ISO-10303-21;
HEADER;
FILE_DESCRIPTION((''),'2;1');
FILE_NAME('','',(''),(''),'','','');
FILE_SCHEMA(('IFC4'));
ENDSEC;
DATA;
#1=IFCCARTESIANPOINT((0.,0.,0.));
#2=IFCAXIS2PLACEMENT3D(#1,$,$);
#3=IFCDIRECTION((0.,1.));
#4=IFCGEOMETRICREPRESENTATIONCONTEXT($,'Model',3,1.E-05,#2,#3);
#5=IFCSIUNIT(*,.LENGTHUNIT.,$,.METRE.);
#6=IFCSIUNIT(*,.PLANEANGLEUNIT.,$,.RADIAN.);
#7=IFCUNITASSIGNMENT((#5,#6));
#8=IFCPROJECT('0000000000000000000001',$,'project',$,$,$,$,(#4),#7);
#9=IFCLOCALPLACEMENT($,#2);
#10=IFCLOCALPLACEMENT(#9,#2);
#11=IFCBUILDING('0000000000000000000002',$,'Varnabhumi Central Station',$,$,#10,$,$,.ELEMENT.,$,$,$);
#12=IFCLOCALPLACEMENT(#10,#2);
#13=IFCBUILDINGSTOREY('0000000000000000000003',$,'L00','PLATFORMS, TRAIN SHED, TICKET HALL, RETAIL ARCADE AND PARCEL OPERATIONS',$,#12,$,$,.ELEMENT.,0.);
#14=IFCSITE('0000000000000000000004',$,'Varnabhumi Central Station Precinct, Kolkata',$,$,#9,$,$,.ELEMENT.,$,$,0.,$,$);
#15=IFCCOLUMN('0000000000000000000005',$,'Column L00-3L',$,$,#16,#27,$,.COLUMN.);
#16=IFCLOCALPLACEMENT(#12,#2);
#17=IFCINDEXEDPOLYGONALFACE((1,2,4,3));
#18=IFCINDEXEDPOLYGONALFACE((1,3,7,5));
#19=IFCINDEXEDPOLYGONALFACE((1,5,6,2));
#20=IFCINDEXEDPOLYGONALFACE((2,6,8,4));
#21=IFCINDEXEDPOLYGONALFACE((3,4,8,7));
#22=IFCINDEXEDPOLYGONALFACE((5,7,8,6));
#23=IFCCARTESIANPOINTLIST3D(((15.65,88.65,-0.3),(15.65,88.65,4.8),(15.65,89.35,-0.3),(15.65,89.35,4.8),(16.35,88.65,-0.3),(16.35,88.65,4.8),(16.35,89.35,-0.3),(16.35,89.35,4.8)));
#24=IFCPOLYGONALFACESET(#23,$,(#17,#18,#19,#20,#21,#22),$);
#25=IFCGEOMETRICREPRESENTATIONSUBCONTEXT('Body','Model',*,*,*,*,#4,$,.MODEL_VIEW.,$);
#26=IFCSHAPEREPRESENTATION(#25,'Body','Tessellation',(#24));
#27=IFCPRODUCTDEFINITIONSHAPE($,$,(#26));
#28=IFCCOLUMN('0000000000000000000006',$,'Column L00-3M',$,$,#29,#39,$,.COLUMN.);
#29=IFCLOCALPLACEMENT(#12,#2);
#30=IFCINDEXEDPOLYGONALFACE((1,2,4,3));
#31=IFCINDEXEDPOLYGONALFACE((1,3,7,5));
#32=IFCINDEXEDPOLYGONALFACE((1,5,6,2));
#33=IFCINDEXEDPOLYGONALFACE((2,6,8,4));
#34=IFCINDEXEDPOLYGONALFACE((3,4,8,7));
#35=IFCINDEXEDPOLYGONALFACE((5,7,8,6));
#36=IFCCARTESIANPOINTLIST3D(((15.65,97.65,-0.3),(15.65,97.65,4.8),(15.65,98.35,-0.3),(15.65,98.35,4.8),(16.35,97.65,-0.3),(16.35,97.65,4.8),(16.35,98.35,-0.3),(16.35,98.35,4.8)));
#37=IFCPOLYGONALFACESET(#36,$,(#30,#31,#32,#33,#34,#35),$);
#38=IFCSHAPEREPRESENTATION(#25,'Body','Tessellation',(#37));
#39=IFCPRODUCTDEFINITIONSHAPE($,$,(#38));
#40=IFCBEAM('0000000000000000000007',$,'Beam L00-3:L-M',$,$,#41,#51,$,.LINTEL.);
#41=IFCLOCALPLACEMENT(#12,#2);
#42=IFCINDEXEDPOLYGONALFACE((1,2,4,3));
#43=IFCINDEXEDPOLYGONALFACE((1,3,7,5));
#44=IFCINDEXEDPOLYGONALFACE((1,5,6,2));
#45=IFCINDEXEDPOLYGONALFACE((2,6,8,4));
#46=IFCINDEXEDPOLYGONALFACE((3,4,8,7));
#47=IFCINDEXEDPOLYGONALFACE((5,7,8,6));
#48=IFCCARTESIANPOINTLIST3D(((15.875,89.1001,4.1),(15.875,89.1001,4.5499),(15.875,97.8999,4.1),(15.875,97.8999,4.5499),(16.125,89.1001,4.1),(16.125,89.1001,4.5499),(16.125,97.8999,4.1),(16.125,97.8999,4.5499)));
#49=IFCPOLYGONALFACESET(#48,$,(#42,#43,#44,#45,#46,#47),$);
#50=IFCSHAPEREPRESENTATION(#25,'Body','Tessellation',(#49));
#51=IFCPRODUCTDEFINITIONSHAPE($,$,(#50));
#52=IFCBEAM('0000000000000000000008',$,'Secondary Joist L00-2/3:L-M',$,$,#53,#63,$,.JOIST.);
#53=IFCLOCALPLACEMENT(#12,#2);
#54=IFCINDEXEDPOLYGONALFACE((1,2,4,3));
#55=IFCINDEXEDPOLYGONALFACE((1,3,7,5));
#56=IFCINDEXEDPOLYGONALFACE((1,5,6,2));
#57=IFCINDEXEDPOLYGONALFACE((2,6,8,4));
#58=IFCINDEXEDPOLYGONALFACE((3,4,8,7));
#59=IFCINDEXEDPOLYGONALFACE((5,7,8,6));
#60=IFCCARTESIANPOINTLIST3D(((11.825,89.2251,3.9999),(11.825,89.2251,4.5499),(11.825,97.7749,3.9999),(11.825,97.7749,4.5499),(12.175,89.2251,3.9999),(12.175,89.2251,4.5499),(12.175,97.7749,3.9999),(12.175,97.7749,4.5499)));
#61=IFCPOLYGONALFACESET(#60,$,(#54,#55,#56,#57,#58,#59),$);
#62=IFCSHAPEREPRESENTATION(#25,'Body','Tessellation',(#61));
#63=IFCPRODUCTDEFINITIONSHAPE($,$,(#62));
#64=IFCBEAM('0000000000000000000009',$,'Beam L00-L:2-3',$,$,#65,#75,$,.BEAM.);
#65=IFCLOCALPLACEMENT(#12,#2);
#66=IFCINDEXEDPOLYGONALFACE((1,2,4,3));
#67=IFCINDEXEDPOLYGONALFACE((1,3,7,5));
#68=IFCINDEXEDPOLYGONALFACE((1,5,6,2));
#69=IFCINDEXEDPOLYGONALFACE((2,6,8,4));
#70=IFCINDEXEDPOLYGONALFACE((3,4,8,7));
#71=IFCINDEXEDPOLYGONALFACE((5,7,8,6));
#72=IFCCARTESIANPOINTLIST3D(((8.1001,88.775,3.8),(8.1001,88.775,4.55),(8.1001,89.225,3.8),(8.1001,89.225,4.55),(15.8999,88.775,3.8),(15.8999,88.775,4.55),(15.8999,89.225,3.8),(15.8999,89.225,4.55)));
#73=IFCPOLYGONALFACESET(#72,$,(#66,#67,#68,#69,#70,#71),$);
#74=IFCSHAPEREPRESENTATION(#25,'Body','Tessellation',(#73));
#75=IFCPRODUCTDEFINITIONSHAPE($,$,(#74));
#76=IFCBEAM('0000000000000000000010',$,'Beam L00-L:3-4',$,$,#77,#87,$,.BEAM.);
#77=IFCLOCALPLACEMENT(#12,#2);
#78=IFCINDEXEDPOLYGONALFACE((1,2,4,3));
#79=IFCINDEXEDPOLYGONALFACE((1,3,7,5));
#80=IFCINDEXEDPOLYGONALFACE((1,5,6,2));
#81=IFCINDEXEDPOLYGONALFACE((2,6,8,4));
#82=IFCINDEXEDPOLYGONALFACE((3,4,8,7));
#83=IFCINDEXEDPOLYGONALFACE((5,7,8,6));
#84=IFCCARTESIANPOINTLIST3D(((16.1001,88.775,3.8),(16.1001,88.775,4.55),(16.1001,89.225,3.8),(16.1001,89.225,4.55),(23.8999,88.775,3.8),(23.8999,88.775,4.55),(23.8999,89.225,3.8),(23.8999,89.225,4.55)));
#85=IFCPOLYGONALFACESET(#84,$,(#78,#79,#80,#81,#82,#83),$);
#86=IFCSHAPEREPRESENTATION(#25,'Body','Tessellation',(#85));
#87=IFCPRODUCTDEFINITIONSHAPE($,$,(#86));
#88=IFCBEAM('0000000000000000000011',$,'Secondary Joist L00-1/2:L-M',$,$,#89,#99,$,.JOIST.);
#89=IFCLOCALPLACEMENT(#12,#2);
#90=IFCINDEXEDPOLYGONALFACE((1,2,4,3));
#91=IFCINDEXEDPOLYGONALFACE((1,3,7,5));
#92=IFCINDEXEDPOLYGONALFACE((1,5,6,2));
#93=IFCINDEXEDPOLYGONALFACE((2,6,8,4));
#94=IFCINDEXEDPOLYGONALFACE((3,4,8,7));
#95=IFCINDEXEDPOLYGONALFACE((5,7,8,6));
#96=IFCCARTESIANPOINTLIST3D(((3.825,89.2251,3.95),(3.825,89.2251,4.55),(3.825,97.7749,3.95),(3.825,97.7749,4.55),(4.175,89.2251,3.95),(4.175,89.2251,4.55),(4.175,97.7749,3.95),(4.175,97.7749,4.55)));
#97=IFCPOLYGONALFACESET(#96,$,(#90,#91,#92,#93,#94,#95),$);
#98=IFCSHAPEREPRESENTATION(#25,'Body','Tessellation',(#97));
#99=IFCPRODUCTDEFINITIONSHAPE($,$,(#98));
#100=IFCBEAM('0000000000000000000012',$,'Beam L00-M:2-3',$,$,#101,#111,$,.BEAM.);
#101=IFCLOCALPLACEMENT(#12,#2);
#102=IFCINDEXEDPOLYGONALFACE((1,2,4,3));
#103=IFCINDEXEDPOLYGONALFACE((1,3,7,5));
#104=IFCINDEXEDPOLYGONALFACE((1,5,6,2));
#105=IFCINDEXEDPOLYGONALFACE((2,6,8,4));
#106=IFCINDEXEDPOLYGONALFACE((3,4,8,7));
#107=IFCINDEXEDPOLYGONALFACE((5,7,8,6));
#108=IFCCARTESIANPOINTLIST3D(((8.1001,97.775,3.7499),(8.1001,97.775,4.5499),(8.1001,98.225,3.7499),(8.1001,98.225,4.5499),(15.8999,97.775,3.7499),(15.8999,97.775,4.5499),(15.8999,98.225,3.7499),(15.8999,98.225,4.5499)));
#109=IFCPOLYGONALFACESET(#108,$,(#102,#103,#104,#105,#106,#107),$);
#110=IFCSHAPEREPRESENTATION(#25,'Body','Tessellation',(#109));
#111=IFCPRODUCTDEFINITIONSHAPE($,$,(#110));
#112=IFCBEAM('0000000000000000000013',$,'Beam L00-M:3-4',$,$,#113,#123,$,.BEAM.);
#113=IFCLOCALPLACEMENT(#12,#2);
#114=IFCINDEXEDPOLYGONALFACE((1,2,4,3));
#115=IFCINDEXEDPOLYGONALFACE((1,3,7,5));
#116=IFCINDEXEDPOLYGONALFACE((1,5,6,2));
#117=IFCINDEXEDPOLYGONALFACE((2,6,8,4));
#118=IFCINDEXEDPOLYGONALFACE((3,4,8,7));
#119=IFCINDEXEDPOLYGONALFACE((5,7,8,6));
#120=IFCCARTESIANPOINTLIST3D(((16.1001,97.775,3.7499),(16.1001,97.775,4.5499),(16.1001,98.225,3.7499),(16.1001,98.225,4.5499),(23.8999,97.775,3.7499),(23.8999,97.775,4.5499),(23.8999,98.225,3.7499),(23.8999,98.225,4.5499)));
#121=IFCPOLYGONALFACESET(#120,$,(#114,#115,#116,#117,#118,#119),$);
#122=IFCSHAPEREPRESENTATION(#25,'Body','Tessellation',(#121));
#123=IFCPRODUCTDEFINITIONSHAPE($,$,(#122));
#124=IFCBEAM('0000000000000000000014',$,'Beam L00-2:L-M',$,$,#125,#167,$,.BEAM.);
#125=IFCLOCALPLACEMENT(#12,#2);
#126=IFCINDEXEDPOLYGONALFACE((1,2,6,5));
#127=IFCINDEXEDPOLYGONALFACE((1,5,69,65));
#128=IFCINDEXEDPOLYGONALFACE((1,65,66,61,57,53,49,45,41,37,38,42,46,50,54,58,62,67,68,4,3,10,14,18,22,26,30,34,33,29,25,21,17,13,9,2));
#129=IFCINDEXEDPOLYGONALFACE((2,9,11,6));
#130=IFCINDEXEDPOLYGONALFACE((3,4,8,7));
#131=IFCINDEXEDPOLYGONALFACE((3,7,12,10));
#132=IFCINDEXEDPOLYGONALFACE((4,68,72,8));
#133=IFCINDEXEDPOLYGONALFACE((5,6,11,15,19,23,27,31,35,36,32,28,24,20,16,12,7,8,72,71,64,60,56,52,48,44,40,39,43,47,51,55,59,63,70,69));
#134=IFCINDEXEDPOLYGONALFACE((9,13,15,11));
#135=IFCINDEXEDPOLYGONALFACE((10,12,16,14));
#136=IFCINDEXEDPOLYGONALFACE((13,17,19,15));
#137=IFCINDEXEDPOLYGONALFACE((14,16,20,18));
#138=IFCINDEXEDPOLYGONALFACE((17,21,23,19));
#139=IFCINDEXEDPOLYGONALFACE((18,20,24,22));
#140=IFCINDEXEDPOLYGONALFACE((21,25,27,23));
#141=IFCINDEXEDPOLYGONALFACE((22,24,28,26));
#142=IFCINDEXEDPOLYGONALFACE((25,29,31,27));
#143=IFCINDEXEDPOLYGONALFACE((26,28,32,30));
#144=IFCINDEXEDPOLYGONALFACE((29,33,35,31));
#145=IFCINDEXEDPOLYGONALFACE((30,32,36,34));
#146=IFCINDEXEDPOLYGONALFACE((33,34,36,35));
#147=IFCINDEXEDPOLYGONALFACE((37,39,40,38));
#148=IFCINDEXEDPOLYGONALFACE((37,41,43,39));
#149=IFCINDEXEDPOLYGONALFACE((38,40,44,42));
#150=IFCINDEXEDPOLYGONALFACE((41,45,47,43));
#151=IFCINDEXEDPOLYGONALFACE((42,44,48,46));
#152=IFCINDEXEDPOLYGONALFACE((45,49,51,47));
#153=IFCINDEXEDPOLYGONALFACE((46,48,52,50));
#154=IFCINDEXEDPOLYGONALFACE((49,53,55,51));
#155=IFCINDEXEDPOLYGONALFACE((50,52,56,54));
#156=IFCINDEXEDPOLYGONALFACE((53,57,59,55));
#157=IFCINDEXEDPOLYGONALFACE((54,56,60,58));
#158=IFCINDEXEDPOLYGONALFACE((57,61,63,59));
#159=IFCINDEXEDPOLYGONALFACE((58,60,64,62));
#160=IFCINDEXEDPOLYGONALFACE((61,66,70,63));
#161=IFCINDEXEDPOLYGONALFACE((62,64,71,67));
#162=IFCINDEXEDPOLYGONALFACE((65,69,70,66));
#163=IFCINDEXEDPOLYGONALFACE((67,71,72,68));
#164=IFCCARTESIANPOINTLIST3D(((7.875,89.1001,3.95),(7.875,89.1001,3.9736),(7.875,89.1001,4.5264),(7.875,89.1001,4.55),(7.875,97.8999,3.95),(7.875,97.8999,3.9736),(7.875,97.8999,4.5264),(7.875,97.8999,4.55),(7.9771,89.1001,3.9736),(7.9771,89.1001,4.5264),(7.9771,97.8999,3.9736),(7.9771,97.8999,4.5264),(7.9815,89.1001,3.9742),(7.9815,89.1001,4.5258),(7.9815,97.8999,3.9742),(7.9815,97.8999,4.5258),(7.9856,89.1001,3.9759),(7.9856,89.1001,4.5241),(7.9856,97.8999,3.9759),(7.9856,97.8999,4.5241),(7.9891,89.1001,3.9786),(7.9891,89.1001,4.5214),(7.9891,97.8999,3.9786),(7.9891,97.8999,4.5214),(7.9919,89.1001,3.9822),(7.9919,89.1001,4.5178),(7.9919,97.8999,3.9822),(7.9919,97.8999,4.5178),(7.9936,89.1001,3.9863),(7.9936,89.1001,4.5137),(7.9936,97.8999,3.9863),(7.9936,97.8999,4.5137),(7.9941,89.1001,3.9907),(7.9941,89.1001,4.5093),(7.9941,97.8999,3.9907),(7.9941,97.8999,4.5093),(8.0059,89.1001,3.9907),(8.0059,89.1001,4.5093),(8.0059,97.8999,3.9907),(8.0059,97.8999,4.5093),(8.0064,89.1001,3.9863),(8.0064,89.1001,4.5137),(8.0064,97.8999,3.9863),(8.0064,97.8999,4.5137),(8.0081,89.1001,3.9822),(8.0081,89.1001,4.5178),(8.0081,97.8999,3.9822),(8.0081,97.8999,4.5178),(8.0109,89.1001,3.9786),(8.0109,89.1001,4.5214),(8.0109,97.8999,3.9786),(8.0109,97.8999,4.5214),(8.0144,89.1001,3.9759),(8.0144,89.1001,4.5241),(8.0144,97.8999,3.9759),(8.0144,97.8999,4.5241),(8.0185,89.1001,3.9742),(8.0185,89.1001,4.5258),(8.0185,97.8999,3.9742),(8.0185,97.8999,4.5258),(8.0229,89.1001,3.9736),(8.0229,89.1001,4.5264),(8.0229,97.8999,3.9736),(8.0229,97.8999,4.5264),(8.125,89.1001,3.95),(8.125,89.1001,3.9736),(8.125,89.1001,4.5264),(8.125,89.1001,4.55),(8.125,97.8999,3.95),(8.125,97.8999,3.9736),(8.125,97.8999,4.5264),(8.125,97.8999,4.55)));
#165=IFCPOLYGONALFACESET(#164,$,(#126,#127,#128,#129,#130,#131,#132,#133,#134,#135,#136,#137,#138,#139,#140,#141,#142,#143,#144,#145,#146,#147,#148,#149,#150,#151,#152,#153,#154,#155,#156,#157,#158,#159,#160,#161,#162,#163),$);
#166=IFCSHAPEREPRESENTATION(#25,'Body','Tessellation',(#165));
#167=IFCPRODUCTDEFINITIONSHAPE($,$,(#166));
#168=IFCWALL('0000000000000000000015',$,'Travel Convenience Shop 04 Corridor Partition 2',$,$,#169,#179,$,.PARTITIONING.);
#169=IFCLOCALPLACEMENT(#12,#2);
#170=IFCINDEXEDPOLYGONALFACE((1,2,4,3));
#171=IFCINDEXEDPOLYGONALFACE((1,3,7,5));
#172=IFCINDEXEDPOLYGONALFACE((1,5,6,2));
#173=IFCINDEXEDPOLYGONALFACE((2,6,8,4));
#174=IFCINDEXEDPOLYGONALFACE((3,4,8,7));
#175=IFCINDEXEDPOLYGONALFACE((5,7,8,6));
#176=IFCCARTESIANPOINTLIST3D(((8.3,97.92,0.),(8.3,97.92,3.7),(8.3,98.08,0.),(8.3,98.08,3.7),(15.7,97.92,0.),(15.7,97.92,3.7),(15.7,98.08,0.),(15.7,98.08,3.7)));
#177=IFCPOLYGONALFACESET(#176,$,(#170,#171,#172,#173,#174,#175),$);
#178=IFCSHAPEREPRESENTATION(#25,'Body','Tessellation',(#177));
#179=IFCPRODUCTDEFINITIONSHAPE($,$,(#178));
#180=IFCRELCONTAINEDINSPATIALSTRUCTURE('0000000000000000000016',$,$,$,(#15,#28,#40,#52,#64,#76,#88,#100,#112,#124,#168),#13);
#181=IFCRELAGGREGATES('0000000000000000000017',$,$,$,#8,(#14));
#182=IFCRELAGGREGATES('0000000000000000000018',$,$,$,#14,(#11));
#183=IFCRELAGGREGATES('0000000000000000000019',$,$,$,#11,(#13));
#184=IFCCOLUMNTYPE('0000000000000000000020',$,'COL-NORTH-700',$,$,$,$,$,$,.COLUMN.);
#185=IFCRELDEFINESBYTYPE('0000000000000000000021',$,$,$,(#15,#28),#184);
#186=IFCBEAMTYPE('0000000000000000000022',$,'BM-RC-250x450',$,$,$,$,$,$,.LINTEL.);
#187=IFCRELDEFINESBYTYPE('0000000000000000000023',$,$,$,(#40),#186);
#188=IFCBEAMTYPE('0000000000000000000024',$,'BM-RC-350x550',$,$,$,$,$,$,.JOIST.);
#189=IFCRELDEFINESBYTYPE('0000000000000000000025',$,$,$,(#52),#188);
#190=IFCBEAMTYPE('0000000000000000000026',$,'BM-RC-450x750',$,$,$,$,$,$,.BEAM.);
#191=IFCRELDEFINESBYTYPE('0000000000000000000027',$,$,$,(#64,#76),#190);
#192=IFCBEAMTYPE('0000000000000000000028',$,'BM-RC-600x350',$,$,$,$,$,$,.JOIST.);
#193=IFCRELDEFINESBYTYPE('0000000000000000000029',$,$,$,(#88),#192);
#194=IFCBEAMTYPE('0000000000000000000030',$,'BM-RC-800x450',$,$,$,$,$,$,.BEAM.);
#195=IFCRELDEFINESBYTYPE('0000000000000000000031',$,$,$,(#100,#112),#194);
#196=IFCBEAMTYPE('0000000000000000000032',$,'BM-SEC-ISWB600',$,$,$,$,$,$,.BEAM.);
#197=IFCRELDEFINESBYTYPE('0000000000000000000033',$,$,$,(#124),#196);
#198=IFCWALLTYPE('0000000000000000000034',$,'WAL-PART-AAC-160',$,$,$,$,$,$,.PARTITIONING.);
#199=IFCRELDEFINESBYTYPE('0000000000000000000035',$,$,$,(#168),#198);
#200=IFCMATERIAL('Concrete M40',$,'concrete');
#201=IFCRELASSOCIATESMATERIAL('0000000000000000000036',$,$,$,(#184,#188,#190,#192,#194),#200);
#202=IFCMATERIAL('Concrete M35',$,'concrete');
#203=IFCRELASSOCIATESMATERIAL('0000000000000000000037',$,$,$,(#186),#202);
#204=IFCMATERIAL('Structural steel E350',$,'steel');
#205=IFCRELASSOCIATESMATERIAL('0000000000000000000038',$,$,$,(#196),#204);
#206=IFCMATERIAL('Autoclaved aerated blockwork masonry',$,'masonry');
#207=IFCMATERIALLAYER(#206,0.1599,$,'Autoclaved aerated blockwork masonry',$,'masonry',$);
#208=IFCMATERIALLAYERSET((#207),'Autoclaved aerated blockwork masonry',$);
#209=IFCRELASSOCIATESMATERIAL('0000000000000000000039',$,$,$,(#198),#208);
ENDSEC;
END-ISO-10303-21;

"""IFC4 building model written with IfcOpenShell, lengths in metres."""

from ifc_helpers import new_model, si_unit, direction, frame, frame_2d, origin, origin_2d, place, context, subcontext, project, spatial, rectangle, i_section, extrude, material, layer, layer_set, material_profile, profile_set, type_object, element, save


model = new_model("IFC4")

# Units and contexts
model_context = context("Model", 3, precision=1e-05, world=origin(), true_north=direction((0.0, 1.0)))
body_context = subcontext(model_context, "Body", "Model", "MODEL_VIEW")
ifc_project = project(units=[si_unit("LENGTHUNIT", "METRE"), si_unit("PLANEANGLEUNIT", "RADIAN")], contexts=[model_context])

# Site, building, storey
site_placement = place(None, origin())
site = spatial("IfcSite", under=ifc_project, at=site_placement, Name="Varnabhumi Central Station Precinct, Kolkata", CompositionType="ELEMENT", RefElevation=0.0)
building_placement = place(site_placement, origin())
building = spatial("IfcBuilding", under=site, at=building_placement, Name="Varnabhumi Central Station", CompositionType="ELEMENT")
storey_placement = place(building_placement, origin())
storey = spatial("IfcBuildingStorey", under=building, at=storey_placement, Name="L00", Description="PLATFORMS, TRAIN SHED, TICKET HALL, RETAIL ARCADE AND PARCEL OPERATIONS", CompositionType="ELEMENT", Elevation=0.0)

# Shared definitions
ifc_material_1 = material(Name="Concrete M40", Category="concrete")

# Shared definitions
ifc_material_2 = material(Name="Concrete M35", Category="concrete")

# Columns
ifc_material_profile_1 = material_profile(ifc_material_1, rectangle(XDim=0.7, YDim=0.7, at=origin_2d()), Name="Concrete M40", Category="concrete")
ifc_profile_set_1 = profile_set([ifc_material_profile_1], Name="Concrete M40")
column_type = type_object("IfcColumnType", Name="COL-NORTH-700", PredefinedType="COLUMN", material=ifc_profile_set_1)
for number, where, z_axis, x_axis, name in (
    (1, (16.0, 89.0, -0.3), (0.0, 0.0, 1.0), (1.0, 0.0, 0.0), "Column L00-3L"),
    (2, (16.0, 98.0, -0.3), (0.0, 0.0, 1.0), (1.0, 0.0, 0.0), "Column L00-3M"),
):
    element("IfcColumn", number, at=place(storey_placement, frame(where, z_axis=z_axis, x_axis=x_axis)), inside=storey, type_object=column_type, Name=name, PredefinedType="COLUMN", context=body_context, shape_type="SweptSolid", body=[
        extrude(rectangle(XDim=0.7, YDim=0.7, at=origin_2d()), origin(), (0.0, 0.0, 1.0), 5.1001),
    ])

# Beams
ifc_material_profile_2 = material_profile(ifc_material_2, rectangle(XDim=0.25, YDim=0.45, at=origin_2d()), Name="Concrete M35", Category="concrete")
ifc_profile_set_2 = profile_set([ifc_material_profile_2], Name="Concrete M35")
beam_type_1 = type_object("IfcBeamType", Name="BM-RC-250x450", PredefinedType="LINTEL", material=ifc_profile_set_2)
beam_1_placement = place(storey_placement, frame((16.0, 89.1001, 4.325), z_axis=(0.0, 1.0, 0.0), x_axis=(-1.0, 0.0, 0.0)))
element("IfcBeam", 3, at=beam_1_placement, inside=storey, type_object=beam_type_1, Name="Beam L00-3:L-M", PredefinedType="LINTEL", context=body_context, shape_type="SweptSolid", body=[
    extrude(rectangle(XDim=0.25, YDim=0.45, at=origin_2d()), origin(), (0.0, 0.0, 1.0), 8.7998),
])
ifc_material_profile_3 = material_profile(ifc_material_1, rectangle(XDim=0.3501, YDim=0.55, at=origin_2d()), Name="Concrete M40", Category="concrete")
ifc_profile_set_3 = profile_set([ifc_material_profile_3], Name="Concrete M40")
beam_type_2 = type_object("IfcBeamType", Name="BM-RC-350x550", PredefinedType="JOIST", material=ifc_profile_set_3)
beam_2_placement = place(storey_placement, frame((12.0, 89.2251, 4.2749), z_axis=(0.0, 1.0, 0.0), x_axis=(-1.0, 0.0, 0.0)))
element("IfcBeam", 4, at=beam_2_placement, inside=storey, type_object=beam_type_2, Name="Secondary Joist L00-2/3:L-M", PredefinedType="JOIST", context=body_context, shape_type="SweptSolid", body=[
    extrude(rectangle(XDim=0.3501, YDim=0.55, at=origin_2d()), origin(), (0.0, 0.0, 1.0), 8.5498),
])
ifc_material_profile_4 = material_profile(ifc_material_1, rectangle(XDim=0.45, YDim=0.75, at=origin_2d()), Name="Concrete M40", Category="concrete")
ifc_profile_set_4 = profile_set([ifc_material_profile_4], Name="Concrete M40")
beam_type_3 = type_object("IfcBeamType", Name="BM-RC-450x750", PredefinedType="BEAM", material=ifc_profile_set_4)
for number, where, z_axis, x_axis, name in (
    (5, (8.1001, 89.0, 4.175), (1.0, 0.0, 0.0), (0.0, 1.0, 0.0), "Beam L00-L:2-3"),
    (6, (16.1001, 89.0, 4.175), (1.0, 0.0, 0.0), (0.0, 1.0, 0.0), "Beam L00-L:3-4"),
):
    element("IfcBeam", number, at=place(storey_placement, frame(where, z_axis=z_axis, x_axis=x_axis)), inside=storey, type_object=beam_type_3, Name=name, PredefinedType="BEAM", context=body_context, shape_type="SweptSolid", body=[
        extrude(rectangle(XDim=0.45, YDim=0.75, at=origin_2d()), origin(), (0.0, 0.0, 1.0), 7.7998),
    ])
ifc_material_profile_5 = material_profile(ifc_material_1, rectangle(XDim=0.3501, YDim=0.6001, at=origin_2d()), Name="Concrete M40", Category="concrete")
ifc_profile_set_5 = profile_set([ifc_material_profile_5], Name="Concrete M40")
beam_type_4 = type_object("IfcBeamType", Name="BM-RC-600x350", PredefinedType="JOIST", material=ifc_profile_set_5)
beam_3_placement = place(storey_placement, frame((4.0, 89.2251, 4.25), z_axis=(0.0, 1.0, 0.0), x_axis=(-1.0, 0.0, 0.0)))
element("IfcBeam", 7, at=beam_3_placement, inside=storey, type_object=beam_type_4, Name="Secondary Joist L00-1/2:L-M", PredefinedType="JOIST", context=body_context, shape_type="SweptSolid", body=[
    extrude(rectangle(XDim=0.3501, YDim=0.6001, at=origin_2d()), origin(), (0.0, 0.0, 1.0), 8.5498),
])
ifc_material_profile_6 = material_profile(ifc_material_1, rectangle(XDim=0.45, YDim=0.8, at=origin_2d()), Name="Concrete M40", Category="concrete")
ifc_profile_set_6 = profile_set([ifc_material_profile_6], Name="Concrete M40")
beam_type_5 = type_object("IfcBeamType", Name="BM-RC-800x450", PredefinedType="BEAM", material=ifc_profile_set_6)
for number, where, z_axis, x_axis, name in (
    (8, (8.1001, 98.0, 4.1499), (1.0, 0.0, 0.0), (0.0, 1.0, 0.0), "Beam L00-M:2-3"),
    (9, (16.1001, 98.0, 4.1499), (1.0, 0.0, 0.0), (0.0, 1.0, 0.0), "Beam L00-M:3-4"),
):
    element("IfcBeam", number, at=place(storey_placement, frame(where, z_axis=z_axis, x_axis=x_axis)), inside=storey, type_object=beam_type_5, Name=name, PredefinedType="BEAM", context=body_context, shape_type="SweptSolid", body=[
        extrude(rectangle(XDim=0.45, YDim=0.8, at=origin_2d()), origin(), (0.0, 0.0, 1.0), 7.7998),
    ])
ifc_material_3 = material(Name="Structural steel E350", Category="steel")
ifc_material_profile_7 = material_profile(ifc_material_3, i_section(OverallWidth=0.25, OverallDepth=0.6001, WebThickness=0.0117, FlangeThickness=0.0237, FilletRadius=0.0171, at=origin_2d()), Name="Structural steel E350", Category="steel")
ifc_profile_set_7 = profile_set([ifc_material_profile_7], Name="Structural steel E350")
beam_type_6 = type_object("IfcBeamType", Name="BM-SEC-ISWB600", PredefinedType="BEAM", material=ifc_profile_set_7)
beam_4_placement = place(storey_placement, frame((8.0, 89.1001, 4.25), z_axis=(0.0, 1.0, 0.0), x_axis=(-1.0, 0.0, 0.0)))
element("IfcBeam", 10, at=beam_4_placement, inside=storey, type_object=beam_type_6, Name="Beam L00-2:L-M", PredefinedType="BEAM", context=body_context, shape_type="SweptSolid", body=[
    extrude(i_section(OverallWidth=0.25, OverallDepth=0.6001, WebThickness=0.0117, FlangeThickness=0.0237, FilletRadius=0.0171, at=origin_2d()), origin(), (0.0, 0.0, 1.0), 8.7998),
])

# Wall
ifc_material_4 = material(Name="Autoclaved aerated blockwork masonry", Category="masonry")
ifc_layer_1 = layer(ifc_material_4, 0.1599, Name="Autoclaved aerated blockwork masonry", Category="masonry")
ifc_layer_set_1 = layer_set([ifc_layer_1], Name="Autoclaved aerated blockwork masonry")
wall_type = type_object("IfcWallType", Name="WAL-PART-AAC-160", PredefinedType="PARTITIONING", material=ifc_layer_set_1)
wall_1_placement = place(storey_placement, frame((8.3, 98.0, 0.0), z_axis=(0.0, 0.0, 1.0), x_axis=(1.0, 0.0, 0.0)))
element("IfcWall", 11, at=wall_1_placement, inside=storey, type_object=wall_type, Name="Travel Convenience Shop 04 Corridor Partition 2", PredefinedType="PARTITIONING", context=body_context, shape_type="SweptSolid", body=[
    extrude(rectangle(XDim=7.3999, YDim=0.1599, at=frame_2d((3.7, 0.0))), origin(), (0.0, 0.0, 1.0), 3.7),
])

save(model, "model.ifc")
